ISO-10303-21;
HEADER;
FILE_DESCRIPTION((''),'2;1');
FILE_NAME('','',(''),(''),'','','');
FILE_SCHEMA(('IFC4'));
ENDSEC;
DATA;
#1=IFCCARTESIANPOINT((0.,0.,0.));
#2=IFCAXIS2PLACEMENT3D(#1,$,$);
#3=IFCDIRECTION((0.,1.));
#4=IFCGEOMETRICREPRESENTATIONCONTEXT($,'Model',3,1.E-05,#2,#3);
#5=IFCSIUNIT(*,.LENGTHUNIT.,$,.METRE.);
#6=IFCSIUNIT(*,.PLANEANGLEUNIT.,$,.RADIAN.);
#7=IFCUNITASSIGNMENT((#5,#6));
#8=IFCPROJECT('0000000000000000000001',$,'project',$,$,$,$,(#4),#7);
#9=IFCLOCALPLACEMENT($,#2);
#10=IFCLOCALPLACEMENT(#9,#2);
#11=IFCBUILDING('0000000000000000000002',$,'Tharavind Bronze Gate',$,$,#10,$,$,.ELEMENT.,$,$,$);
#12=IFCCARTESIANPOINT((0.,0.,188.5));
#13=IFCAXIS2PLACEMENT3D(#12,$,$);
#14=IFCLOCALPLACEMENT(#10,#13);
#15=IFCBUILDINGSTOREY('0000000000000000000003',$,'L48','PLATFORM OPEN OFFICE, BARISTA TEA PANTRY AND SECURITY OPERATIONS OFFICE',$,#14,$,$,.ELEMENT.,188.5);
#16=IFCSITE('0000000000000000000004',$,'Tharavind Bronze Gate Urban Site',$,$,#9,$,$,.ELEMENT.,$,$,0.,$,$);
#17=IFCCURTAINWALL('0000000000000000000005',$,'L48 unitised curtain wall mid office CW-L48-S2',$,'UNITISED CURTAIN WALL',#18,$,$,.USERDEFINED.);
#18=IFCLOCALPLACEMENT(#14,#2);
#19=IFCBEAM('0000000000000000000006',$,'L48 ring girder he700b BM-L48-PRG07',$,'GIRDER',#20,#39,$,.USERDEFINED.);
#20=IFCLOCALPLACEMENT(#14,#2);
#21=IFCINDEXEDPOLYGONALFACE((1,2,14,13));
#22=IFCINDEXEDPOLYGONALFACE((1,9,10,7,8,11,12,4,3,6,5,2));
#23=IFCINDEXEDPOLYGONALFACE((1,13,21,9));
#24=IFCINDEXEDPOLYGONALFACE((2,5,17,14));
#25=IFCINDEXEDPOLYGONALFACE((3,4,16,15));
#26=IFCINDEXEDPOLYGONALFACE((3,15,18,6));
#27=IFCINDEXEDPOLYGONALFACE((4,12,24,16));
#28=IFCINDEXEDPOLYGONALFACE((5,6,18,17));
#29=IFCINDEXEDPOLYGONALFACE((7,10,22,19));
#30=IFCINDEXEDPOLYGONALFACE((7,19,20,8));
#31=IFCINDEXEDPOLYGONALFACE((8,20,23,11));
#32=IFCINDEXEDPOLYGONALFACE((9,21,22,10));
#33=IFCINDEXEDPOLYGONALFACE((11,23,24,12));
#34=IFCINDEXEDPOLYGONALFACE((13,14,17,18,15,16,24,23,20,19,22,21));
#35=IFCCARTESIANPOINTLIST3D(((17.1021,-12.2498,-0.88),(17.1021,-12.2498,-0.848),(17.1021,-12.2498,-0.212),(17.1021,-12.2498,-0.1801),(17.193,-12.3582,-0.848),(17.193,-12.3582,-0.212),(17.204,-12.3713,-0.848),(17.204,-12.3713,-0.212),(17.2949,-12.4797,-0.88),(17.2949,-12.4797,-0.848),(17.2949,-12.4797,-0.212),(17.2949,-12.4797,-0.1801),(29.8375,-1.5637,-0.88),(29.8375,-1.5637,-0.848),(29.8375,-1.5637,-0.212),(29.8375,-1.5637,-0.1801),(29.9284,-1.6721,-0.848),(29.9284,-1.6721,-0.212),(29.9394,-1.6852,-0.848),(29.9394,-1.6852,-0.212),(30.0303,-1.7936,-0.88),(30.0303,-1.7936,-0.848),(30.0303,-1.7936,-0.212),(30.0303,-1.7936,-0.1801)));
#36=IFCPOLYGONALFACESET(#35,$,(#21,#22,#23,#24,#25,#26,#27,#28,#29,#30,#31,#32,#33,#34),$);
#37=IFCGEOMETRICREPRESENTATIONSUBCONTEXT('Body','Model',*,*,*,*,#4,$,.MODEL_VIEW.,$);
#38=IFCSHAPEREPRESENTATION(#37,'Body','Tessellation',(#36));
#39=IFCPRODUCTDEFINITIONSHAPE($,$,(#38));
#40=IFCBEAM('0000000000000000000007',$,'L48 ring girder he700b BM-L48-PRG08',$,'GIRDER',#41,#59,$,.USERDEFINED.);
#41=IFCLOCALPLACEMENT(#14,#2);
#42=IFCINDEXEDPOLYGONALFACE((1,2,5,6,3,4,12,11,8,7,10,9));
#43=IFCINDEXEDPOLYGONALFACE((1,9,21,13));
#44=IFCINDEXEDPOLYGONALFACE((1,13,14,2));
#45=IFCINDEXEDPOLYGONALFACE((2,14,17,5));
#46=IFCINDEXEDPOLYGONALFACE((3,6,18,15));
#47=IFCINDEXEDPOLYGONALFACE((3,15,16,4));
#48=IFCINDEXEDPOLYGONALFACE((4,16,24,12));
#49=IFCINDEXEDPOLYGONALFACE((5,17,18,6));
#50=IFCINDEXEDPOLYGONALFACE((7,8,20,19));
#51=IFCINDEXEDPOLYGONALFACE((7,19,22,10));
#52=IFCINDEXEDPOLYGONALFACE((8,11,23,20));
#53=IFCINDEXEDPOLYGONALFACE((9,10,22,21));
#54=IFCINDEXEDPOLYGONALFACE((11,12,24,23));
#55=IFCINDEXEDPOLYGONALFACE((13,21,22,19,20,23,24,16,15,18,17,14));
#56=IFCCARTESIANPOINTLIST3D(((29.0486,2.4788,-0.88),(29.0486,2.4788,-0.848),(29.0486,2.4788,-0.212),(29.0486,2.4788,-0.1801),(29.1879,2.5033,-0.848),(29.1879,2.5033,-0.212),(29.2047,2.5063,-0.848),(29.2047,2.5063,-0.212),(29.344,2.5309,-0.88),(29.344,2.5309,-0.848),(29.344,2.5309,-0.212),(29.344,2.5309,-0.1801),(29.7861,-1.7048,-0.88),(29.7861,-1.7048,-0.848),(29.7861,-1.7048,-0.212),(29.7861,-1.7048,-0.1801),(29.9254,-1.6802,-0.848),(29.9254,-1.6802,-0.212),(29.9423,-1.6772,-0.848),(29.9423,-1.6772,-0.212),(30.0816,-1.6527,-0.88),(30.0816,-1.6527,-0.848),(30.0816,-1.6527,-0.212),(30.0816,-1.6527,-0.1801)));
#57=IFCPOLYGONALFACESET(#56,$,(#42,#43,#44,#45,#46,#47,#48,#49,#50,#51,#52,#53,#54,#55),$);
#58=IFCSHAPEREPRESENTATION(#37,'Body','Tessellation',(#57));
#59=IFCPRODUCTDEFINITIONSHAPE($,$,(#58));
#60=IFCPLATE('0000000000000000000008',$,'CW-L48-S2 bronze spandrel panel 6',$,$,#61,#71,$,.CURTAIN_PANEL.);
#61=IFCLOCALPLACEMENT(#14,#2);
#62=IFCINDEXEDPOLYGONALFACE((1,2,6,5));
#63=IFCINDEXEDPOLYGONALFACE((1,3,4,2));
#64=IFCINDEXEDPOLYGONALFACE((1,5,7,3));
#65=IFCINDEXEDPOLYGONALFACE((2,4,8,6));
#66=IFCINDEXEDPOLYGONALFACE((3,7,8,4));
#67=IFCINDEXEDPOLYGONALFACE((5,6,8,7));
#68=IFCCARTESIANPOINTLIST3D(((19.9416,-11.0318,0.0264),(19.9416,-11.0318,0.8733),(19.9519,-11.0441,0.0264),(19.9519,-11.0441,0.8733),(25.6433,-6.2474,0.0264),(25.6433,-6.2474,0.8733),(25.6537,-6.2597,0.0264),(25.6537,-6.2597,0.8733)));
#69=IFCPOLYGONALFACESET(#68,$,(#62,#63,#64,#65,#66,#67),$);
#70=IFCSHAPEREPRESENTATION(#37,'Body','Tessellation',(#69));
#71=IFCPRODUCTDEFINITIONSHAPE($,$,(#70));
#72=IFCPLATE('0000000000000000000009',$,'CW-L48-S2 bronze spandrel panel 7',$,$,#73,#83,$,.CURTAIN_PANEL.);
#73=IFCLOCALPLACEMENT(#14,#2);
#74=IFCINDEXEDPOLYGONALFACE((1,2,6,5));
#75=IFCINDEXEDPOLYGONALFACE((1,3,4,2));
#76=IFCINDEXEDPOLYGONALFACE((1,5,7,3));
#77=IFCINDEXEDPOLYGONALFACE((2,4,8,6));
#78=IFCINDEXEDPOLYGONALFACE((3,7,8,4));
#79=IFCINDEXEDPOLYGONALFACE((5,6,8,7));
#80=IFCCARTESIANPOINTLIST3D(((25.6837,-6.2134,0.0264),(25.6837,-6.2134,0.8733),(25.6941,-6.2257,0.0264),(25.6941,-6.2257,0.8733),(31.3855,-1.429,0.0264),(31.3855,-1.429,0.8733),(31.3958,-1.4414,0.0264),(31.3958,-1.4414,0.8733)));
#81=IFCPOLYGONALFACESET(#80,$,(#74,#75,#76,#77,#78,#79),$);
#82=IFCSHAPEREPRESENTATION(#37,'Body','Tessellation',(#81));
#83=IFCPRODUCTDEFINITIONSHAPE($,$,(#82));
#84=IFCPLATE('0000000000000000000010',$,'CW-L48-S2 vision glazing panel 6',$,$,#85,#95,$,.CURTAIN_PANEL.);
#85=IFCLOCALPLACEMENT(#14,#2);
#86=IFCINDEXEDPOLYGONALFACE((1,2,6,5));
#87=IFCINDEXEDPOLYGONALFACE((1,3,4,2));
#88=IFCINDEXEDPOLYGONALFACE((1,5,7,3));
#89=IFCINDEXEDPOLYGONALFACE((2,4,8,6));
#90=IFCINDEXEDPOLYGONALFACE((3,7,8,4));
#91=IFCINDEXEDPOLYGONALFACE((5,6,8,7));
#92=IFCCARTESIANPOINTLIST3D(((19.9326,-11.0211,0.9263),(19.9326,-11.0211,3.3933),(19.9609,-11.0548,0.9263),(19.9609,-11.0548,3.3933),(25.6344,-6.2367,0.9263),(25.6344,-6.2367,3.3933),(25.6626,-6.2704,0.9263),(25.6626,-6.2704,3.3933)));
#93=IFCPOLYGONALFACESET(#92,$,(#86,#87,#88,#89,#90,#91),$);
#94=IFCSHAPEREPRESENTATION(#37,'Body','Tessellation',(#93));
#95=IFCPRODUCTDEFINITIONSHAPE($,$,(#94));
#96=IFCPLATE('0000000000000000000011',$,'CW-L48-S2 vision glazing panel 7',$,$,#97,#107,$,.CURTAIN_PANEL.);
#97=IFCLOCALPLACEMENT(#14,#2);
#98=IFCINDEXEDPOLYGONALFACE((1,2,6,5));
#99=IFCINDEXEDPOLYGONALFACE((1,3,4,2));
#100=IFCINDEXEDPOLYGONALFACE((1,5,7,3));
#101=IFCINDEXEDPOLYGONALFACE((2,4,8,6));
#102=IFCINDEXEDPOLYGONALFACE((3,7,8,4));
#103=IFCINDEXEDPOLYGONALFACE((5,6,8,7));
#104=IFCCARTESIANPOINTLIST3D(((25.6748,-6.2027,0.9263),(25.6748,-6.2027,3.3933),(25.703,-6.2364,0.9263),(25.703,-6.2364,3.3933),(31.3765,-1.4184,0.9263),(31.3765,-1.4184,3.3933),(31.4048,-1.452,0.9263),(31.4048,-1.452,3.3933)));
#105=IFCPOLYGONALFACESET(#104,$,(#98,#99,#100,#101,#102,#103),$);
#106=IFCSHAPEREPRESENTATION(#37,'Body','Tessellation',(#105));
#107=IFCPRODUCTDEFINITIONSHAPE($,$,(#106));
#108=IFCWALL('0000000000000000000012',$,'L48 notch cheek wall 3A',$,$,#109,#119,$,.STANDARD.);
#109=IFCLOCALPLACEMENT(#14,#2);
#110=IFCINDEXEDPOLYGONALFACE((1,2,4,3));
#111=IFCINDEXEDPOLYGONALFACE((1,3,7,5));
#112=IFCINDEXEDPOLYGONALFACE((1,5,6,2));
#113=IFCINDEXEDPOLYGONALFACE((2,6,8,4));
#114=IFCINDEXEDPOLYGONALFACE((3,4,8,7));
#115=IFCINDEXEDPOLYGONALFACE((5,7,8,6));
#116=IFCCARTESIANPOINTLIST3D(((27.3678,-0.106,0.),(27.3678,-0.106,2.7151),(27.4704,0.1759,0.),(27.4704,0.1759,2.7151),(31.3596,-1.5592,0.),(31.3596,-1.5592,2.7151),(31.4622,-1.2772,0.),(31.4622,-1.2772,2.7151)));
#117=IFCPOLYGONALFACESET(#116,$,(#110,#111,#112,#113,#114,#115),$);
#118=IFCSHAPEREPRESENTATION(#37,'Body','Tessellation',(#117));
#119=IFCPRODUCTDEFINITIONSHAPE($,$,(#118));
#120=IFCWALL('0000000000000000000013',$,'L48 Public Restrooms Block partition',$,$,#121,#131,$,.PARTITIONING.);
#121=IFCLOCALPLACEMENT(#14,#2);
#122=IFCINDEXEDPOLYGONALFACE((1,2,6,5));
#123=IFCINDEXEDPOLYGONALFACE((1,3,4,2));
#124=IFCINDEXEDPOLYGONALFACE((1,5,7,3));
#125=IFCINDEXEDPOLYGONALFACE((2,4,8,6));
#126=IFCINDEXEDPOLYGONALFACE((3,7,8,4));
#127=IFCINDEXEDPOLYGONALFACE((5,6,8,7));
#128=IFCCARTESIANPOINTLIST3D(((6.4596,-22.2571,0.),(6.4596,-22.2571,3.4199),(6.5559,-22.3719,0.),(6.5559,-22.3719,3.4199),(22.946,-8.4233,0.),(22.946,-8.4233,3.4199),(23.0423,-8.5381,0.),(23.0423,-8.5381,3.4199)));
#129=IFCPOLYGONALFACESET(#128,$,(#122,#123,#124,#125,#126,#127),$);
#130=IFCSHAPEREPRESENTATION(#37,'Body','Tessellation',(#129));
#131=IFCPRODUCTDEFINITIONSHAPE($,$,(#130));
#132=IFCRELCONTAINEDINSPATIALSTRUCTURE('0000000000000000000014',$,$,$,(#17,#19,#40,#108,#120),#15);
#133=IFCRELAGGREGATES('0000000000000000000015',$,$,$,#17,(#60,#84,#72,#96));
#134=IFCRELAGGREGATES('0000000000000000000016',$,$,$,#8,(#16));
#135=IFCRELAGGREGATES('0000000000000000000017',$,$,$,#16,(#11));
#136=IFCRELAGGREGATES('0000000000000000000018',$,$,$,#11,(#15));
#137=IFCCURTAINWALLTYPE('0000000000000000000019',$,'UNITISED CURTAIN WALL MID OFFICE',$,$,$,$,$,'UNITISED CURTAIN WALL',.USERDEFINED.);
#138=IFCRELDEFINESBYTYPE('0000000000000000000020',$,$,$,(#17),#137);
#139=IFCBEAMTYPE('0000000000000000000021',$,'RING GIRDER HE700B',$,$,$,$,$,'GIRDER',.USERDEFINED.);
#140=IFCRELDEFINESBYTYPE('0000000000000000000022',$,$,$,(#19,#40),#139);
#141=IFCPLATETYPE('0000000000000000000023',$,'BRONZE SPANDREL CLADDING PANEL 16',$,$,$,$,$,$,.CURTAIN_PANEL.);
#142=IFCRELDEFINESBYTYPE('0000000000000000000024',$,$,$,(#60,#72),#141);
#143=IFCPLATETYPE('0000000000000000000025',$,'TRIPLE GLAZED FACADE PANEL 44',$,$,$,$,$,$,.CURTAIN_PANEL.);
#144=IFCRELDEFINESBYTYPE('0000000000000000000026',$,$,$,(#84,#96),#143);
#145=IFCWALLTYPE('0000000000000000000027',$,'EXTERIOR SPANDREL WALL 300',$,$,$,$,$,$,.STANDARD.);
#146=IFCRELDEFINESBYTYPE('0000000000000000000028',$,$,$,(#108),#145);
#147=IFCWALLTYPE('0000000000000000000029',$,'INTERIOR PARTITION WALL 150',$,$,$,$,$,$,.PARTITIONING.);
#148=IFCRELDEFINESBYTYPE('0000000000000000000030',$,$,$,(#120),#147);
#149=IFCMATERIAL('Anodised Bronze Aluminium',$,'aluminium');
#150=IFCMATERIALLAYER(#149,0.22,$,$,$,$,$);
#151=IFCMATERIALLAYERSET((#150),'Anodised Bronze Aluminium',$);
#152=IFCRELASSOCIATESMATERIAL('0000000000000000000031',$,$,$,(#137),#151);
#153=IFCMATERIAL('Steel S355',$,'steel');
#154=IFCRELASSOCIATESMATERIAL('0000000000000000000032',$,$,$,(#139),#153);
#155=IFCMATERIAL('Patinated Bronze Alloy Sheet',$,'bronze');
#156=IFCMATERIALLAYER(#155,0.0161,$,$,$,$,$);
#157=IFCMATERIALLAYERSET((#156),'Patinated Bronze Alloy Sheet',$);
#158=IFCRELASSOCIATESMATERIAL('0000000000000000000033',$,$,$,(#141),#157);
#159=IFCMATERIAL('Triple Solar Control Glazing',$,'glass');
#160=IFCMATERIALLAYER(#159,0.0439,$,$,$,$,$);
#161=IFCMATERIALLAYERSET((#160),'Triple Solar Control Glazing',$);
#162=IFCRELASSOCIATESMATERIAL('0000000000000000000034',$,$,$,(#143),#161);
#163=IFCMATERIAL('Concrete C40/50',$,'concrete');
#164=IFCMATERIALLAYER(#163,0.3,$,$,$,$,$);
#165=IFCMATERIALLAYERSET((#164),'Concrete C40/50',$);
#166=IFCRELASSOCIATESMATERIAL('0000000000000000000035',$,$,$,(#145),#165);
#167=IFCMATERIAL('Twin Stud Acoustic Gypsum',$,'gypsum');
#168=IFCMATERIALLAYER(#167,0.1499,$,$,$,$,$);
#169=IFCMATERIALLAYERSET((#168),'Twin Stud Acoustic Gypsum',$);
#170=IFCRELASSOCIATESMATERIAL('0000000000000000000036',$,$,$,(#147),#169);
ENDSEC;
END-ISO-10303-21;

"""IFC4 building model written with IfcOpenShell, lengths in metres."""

from ifc_helpers import new_model, si_unit, direction, frame, frame_2d, origin, origin_2d, place, context, subcontext, project, spatial, rectangle, i_section, extrude, material, layer, layer_set, material_profile, profile_set, type_object, element, aggregate, save


model = new_model("IFC4")

# Units and contexts
model_context = context("Model", 3, precision=1e-05, world=origin(), true_north=direction((0.0, 1.0)))
body_context = subcontext(model_context, "Body", "Model", "MODEL_VIEW")
ifc_project = project(units=[si_unit("LENGTHUNIT", "METRE"), si_unit("PLANEANGLEUNIT", "RADIAN")], contexts=[model_context])

# Site, building, storey
site_placement = place(None, origin())
site = spatial("IfcSite", under=ifc_project, at=site_placement, Name="Tharavind Bronze Gate Urban Site", CompositionType="ELEMENT", RefElevation=0.0)
building_placement = place(site_placement, origin())
building = spatial("IfcBuilding", under=site, at=building_placement, Name="Tharavind Bronze Gate", CompositionType="ELEMENT")
storey_placement = place(building_placement, frame((0.0, 0.0, 188.5)))
storey = spatial("IfcBuildingStorey", under=building, at=storey_placement, Name="L48", Description="PLATFORM OPEN OFFICE, BARISTA TEA PANTRY AND SECURITY OPERATIONS OFFICE", CompositionType="ELEMENT", Elevation=188.5)

# Curtain wall
ifc_material_1 = material(Name="Anodised Bronze Aluminium", Category="aluminium")
ifc_layer_1 = layer(ifc_material_1, 0.22)
ifc_layer_set_1 = layer_set([ifc_layer_1], Name="Anodised Bronze Aluminium")
curtain_wall_type = type_object("IfcCurtainWallType", Name="UNITISED CURTAIN WALL MID OFFICE", ElementType="UNITISED CURTAIN WALL", PredefinedType="USERDEFINED", material=ifc_layer_set_1)
curtain_wall_placement = place(storey_placement, origin())
curtain_wall = element("IfcCurtainWall", 1, at=curtain_wall_placement, inside=storey, type_object=curtain_wall_type, Name="L48 unitised curtain wall mid office CW-L48-S2", ObjectType="UNITISED CURTAIN WALL", PredefinedType="USERDEFINED")

# Beams
ifc_material_2 = material(Name="Steel S355", Category="steel")
ifc_material_profile_1 = material_profile(ifc_material_2, i_section(OverallWidth=0.3, OverallDepth=0.7, WebThickness=0.0171, FlangeThickness=0.032, at=origin_2d()), Name="HE700B")
ifc_profile_set_1 = profile_set([ifc_material_profile_1], Name="Steel S355")
beam_type_1 = type_object("IfcBeamType", Name="RING GIRDER HE700B", ElementType="GIRDER", PredefinedType="USERDEFINED", material=ifc_profile_set_1)
beam_1_placement = place(storey_placement, frame((17.1985, -12.3647, -0.53), z_axis=(0.76605, 0.642781, 0.0), x_axis=(-0.642781, 0.76605, 0.0)))
element("IfcBeam", 2, at=beam_1_placement, inside=storey, type_object=beam_type_1, Name="L48 ring girder he700b BM-L48-PRG07", ObjectType="GIRDER", PredefinedType="USERDEFINED", context=body_context, shape_type="SweptSolid", body=[
    extrude(i_section(OverallWidth=0.3, OverallDepth=0.7, WebThickness=0.0171, FlangeThickness=0.032, at=origin_2d()), origin(), (0.0, 0.0, 1.0), 16.6248),
])
beam_2_placement = place(storey_placement, frame((29.9338, -1.6787, -0.53), z_axis=(-0.173618, 0.984813, 0.0), x_axis=(-0.984813, -0.173618, 0.0)))
element("IfcBeam", 3, at=beam_2_placement, inside=storey, type_object=beam_type_1, Name="L48 ring girder he700b BM-L48-PRG08", ObjectType="GIRDER", PredefinedType="USERDEFINED", context=body_context, shape_type="SweptSolid", body=[
    extrude(i_section(OverallWidth=0.3, OverallDepth=0.7, WebThickness=0.0171, FlangeThickness=0.032, at=origin_2d()), origin(), (0.0, 0.0, 1.0), 4.248),
])

# Plates
ifc_material_3 = material(Name="Patinated Bronze Alloy Sheet", Category="bronze")
ifc_layer_2 = layer(ifc_material_3, 0.0161)
ifc_layer_set_2 = layer_set([ifc_layer_2], Name="Patinated Bronze Alloy Sheet")
plate_type_1 = type_object("IfcPlateType", Name="BRONZE SPANDREL CLADDING PANEL 16", PredefinedType="CURTAIN_PANEL", material=ifc_layer_set_2)
plate_1_placement = place(storey_placement, frame((22.7976, -8.6458, 0.0264), z_axis=(0.0, 0.0, 1.0), x_axis=(0.766043, 0.642789, 0.0)))
plate_1 = element("IfcPlate", 4, at=plate_1_placement, type_object=plate_type_1, Name="CW-L48-S2 bronze spandrel panel 6", PredefinedType="CURTAIN_PANEL", context=body_context, shape_type="SweptSolid", body=[
    extrude(rectangle(XDim=7.4431, YDim=0.0161, at=origin_2d()), origin(), (0.0, 0.0, 1.0), 0.8469),
])
plate_2_placement = place(storey_placement, frame((28.5398, -3.8274, 0.0264), z_axis=(0.0, 0.0, 1.0), x_axis=(0.766043, 0.642789, 0.0)))
plate_2 = element("IfcPlate", 5, at=plate_2_placement, type_object=plate_type_1, Name="CW-L48-S2 bronze spandrel panel 7", PredefinedType="CURTAIN_PANEL", context=body_context, shape_type="SweptSolid", body=[
    extrude(rectangle(XDim=7.4431, YDim=0.0161, at=origin_2d()), origin(), (0.0, 0.0, 1.0), 0.8469),
])
ifc_material_4 = material(Name="Triple Solar Control Glazing", Category="glass")
ifc_layer_3 = layer(ifc_material_4, 0.0439)
ifc_layer_set_3 = layer_set([ifc_layer_3], Name="Triple Solar Control Glazing")
plate_type_2 = type_object("IfcPlateType", Name="TRIPLE GLAZED FACADE PANEL 44", PredefinedType="CURTAIN_PANEL", material=ifc_layer_set_3)
plate_3_placement = place(storey_placement, frame((22.7976, -8.6458, 0.9263), z_axis=(0.0, 0.0, 1.0), x_axis=(0.766043, 0.642789, 0.0)))
plate_3 = element("IfcPlate", 6, at=plate_3_placement, type_object=plate_type_2, Name="CW-L48-S2 vision glazing panel 6", PredefinedType="CURTAIN_PANEL", context=body_context, shape_type="SweptSolid", body=[
    extrude(rectangle(XDim=7.4431, YDim=0.0439, at=origin_2d()), origin(), (0.0, 0.0, 1.0), 2.467),
])
plate_4_placement = place(storey_placement, frame((28.5398, -3.8274, 0.9263), z_axis=(0.0, 0.0, 1.0), x_axis=(0.766043, 0.642789, 0.0)))
plate_4 = element("IfcPlate", 7, at=plate_4_placement, type_object=plate_type_2, Name="CW-L48-S2 vision glazing panel 7", PredefinedType="CURTAIN_PANEL", context=body_context, shape_type="SweptSolid", body=[
    extrude(rectangle(XDim=7.4431, YDim=0.0439, at=origin_2d()), origin(), (0.0, 0.0, 1.0), 2.467),
])
aggregate(curtain_wall, [plate_1, plate_3, plate_2, plate_4])

# Walls
ifc_material_5 = material(Name="Concrete C40/50", Category="concrete")
ifc_layer_4 = layer(ifc_material_5, 0.3)
ifc_layer_set_4 = layer_set([ifc_layer_4], Name="Concrete C40/50")
wall_type_1 = type_object("IfcWallType", Name="EXTERIOR SPANDREL WALL 300", PredefinedType="STANDARD", material=ifc_layer_set_4)
wall_1_placement = place(storey_placement, frame((31.4109, -1.4182, 0.0), z_axis=(0.0, 0.0, 1.0), x_axis=(-0.939673, 0.342075, 0.0)))
element("IfcWall", 8, at=wall_1_placement, inside=storey, type_object=wall_type_1, Name="L48 notch cheek wall 3A", PredefinedType="STANDARD", context=body_context, shape_type="SweptSolid", body=[
    extrude(rectangle(XDim=4.248, YDim=0.3, at=frame_2d((2.124, 0.0))), origin(), (0.0, 0.0, 1.0), 2.7151),
])
ifc_material_6 = material(Name="Twin Stud Acoustic Gypsum", Category="gypsum")
ifc_layer_5 = layer(ifc_material_6, 0.1499)
ifc_layer_set_5 = layer_set([ifc_layer_5], Name="Twin Stud Acoustic Gypsum")
wall_type_2 = type_object("IfcWallType", Name="INTERIOR PARTITION WALL 150", PredefinedType="PARTITIONING", material=ifc_layer_set_5)
wall_2_placement = place(storey_placement, frame((22.9941, -8.4807, 0.0), z_axis=(0.0, 0.0, 1.0), x_axis=(-0.766043, -0.642789, 0.0)))
element("IfcWall", 9, at=wall_2_placement, inside=storey, type_object=wall_type_2, Name="L48 Public Restrooms Block partition", PredefinedType="PARTITIONING", context=body_context, shape_type="SweptSolid", body=[
    extrude(rectangle(XDim=21.5215, YDim=0.1499, at=frame_2d((10.7607, 0.0))), origin(), (0.0, 0.0, 1.0), 3.4199),
])

save(model, "model.ifc")
